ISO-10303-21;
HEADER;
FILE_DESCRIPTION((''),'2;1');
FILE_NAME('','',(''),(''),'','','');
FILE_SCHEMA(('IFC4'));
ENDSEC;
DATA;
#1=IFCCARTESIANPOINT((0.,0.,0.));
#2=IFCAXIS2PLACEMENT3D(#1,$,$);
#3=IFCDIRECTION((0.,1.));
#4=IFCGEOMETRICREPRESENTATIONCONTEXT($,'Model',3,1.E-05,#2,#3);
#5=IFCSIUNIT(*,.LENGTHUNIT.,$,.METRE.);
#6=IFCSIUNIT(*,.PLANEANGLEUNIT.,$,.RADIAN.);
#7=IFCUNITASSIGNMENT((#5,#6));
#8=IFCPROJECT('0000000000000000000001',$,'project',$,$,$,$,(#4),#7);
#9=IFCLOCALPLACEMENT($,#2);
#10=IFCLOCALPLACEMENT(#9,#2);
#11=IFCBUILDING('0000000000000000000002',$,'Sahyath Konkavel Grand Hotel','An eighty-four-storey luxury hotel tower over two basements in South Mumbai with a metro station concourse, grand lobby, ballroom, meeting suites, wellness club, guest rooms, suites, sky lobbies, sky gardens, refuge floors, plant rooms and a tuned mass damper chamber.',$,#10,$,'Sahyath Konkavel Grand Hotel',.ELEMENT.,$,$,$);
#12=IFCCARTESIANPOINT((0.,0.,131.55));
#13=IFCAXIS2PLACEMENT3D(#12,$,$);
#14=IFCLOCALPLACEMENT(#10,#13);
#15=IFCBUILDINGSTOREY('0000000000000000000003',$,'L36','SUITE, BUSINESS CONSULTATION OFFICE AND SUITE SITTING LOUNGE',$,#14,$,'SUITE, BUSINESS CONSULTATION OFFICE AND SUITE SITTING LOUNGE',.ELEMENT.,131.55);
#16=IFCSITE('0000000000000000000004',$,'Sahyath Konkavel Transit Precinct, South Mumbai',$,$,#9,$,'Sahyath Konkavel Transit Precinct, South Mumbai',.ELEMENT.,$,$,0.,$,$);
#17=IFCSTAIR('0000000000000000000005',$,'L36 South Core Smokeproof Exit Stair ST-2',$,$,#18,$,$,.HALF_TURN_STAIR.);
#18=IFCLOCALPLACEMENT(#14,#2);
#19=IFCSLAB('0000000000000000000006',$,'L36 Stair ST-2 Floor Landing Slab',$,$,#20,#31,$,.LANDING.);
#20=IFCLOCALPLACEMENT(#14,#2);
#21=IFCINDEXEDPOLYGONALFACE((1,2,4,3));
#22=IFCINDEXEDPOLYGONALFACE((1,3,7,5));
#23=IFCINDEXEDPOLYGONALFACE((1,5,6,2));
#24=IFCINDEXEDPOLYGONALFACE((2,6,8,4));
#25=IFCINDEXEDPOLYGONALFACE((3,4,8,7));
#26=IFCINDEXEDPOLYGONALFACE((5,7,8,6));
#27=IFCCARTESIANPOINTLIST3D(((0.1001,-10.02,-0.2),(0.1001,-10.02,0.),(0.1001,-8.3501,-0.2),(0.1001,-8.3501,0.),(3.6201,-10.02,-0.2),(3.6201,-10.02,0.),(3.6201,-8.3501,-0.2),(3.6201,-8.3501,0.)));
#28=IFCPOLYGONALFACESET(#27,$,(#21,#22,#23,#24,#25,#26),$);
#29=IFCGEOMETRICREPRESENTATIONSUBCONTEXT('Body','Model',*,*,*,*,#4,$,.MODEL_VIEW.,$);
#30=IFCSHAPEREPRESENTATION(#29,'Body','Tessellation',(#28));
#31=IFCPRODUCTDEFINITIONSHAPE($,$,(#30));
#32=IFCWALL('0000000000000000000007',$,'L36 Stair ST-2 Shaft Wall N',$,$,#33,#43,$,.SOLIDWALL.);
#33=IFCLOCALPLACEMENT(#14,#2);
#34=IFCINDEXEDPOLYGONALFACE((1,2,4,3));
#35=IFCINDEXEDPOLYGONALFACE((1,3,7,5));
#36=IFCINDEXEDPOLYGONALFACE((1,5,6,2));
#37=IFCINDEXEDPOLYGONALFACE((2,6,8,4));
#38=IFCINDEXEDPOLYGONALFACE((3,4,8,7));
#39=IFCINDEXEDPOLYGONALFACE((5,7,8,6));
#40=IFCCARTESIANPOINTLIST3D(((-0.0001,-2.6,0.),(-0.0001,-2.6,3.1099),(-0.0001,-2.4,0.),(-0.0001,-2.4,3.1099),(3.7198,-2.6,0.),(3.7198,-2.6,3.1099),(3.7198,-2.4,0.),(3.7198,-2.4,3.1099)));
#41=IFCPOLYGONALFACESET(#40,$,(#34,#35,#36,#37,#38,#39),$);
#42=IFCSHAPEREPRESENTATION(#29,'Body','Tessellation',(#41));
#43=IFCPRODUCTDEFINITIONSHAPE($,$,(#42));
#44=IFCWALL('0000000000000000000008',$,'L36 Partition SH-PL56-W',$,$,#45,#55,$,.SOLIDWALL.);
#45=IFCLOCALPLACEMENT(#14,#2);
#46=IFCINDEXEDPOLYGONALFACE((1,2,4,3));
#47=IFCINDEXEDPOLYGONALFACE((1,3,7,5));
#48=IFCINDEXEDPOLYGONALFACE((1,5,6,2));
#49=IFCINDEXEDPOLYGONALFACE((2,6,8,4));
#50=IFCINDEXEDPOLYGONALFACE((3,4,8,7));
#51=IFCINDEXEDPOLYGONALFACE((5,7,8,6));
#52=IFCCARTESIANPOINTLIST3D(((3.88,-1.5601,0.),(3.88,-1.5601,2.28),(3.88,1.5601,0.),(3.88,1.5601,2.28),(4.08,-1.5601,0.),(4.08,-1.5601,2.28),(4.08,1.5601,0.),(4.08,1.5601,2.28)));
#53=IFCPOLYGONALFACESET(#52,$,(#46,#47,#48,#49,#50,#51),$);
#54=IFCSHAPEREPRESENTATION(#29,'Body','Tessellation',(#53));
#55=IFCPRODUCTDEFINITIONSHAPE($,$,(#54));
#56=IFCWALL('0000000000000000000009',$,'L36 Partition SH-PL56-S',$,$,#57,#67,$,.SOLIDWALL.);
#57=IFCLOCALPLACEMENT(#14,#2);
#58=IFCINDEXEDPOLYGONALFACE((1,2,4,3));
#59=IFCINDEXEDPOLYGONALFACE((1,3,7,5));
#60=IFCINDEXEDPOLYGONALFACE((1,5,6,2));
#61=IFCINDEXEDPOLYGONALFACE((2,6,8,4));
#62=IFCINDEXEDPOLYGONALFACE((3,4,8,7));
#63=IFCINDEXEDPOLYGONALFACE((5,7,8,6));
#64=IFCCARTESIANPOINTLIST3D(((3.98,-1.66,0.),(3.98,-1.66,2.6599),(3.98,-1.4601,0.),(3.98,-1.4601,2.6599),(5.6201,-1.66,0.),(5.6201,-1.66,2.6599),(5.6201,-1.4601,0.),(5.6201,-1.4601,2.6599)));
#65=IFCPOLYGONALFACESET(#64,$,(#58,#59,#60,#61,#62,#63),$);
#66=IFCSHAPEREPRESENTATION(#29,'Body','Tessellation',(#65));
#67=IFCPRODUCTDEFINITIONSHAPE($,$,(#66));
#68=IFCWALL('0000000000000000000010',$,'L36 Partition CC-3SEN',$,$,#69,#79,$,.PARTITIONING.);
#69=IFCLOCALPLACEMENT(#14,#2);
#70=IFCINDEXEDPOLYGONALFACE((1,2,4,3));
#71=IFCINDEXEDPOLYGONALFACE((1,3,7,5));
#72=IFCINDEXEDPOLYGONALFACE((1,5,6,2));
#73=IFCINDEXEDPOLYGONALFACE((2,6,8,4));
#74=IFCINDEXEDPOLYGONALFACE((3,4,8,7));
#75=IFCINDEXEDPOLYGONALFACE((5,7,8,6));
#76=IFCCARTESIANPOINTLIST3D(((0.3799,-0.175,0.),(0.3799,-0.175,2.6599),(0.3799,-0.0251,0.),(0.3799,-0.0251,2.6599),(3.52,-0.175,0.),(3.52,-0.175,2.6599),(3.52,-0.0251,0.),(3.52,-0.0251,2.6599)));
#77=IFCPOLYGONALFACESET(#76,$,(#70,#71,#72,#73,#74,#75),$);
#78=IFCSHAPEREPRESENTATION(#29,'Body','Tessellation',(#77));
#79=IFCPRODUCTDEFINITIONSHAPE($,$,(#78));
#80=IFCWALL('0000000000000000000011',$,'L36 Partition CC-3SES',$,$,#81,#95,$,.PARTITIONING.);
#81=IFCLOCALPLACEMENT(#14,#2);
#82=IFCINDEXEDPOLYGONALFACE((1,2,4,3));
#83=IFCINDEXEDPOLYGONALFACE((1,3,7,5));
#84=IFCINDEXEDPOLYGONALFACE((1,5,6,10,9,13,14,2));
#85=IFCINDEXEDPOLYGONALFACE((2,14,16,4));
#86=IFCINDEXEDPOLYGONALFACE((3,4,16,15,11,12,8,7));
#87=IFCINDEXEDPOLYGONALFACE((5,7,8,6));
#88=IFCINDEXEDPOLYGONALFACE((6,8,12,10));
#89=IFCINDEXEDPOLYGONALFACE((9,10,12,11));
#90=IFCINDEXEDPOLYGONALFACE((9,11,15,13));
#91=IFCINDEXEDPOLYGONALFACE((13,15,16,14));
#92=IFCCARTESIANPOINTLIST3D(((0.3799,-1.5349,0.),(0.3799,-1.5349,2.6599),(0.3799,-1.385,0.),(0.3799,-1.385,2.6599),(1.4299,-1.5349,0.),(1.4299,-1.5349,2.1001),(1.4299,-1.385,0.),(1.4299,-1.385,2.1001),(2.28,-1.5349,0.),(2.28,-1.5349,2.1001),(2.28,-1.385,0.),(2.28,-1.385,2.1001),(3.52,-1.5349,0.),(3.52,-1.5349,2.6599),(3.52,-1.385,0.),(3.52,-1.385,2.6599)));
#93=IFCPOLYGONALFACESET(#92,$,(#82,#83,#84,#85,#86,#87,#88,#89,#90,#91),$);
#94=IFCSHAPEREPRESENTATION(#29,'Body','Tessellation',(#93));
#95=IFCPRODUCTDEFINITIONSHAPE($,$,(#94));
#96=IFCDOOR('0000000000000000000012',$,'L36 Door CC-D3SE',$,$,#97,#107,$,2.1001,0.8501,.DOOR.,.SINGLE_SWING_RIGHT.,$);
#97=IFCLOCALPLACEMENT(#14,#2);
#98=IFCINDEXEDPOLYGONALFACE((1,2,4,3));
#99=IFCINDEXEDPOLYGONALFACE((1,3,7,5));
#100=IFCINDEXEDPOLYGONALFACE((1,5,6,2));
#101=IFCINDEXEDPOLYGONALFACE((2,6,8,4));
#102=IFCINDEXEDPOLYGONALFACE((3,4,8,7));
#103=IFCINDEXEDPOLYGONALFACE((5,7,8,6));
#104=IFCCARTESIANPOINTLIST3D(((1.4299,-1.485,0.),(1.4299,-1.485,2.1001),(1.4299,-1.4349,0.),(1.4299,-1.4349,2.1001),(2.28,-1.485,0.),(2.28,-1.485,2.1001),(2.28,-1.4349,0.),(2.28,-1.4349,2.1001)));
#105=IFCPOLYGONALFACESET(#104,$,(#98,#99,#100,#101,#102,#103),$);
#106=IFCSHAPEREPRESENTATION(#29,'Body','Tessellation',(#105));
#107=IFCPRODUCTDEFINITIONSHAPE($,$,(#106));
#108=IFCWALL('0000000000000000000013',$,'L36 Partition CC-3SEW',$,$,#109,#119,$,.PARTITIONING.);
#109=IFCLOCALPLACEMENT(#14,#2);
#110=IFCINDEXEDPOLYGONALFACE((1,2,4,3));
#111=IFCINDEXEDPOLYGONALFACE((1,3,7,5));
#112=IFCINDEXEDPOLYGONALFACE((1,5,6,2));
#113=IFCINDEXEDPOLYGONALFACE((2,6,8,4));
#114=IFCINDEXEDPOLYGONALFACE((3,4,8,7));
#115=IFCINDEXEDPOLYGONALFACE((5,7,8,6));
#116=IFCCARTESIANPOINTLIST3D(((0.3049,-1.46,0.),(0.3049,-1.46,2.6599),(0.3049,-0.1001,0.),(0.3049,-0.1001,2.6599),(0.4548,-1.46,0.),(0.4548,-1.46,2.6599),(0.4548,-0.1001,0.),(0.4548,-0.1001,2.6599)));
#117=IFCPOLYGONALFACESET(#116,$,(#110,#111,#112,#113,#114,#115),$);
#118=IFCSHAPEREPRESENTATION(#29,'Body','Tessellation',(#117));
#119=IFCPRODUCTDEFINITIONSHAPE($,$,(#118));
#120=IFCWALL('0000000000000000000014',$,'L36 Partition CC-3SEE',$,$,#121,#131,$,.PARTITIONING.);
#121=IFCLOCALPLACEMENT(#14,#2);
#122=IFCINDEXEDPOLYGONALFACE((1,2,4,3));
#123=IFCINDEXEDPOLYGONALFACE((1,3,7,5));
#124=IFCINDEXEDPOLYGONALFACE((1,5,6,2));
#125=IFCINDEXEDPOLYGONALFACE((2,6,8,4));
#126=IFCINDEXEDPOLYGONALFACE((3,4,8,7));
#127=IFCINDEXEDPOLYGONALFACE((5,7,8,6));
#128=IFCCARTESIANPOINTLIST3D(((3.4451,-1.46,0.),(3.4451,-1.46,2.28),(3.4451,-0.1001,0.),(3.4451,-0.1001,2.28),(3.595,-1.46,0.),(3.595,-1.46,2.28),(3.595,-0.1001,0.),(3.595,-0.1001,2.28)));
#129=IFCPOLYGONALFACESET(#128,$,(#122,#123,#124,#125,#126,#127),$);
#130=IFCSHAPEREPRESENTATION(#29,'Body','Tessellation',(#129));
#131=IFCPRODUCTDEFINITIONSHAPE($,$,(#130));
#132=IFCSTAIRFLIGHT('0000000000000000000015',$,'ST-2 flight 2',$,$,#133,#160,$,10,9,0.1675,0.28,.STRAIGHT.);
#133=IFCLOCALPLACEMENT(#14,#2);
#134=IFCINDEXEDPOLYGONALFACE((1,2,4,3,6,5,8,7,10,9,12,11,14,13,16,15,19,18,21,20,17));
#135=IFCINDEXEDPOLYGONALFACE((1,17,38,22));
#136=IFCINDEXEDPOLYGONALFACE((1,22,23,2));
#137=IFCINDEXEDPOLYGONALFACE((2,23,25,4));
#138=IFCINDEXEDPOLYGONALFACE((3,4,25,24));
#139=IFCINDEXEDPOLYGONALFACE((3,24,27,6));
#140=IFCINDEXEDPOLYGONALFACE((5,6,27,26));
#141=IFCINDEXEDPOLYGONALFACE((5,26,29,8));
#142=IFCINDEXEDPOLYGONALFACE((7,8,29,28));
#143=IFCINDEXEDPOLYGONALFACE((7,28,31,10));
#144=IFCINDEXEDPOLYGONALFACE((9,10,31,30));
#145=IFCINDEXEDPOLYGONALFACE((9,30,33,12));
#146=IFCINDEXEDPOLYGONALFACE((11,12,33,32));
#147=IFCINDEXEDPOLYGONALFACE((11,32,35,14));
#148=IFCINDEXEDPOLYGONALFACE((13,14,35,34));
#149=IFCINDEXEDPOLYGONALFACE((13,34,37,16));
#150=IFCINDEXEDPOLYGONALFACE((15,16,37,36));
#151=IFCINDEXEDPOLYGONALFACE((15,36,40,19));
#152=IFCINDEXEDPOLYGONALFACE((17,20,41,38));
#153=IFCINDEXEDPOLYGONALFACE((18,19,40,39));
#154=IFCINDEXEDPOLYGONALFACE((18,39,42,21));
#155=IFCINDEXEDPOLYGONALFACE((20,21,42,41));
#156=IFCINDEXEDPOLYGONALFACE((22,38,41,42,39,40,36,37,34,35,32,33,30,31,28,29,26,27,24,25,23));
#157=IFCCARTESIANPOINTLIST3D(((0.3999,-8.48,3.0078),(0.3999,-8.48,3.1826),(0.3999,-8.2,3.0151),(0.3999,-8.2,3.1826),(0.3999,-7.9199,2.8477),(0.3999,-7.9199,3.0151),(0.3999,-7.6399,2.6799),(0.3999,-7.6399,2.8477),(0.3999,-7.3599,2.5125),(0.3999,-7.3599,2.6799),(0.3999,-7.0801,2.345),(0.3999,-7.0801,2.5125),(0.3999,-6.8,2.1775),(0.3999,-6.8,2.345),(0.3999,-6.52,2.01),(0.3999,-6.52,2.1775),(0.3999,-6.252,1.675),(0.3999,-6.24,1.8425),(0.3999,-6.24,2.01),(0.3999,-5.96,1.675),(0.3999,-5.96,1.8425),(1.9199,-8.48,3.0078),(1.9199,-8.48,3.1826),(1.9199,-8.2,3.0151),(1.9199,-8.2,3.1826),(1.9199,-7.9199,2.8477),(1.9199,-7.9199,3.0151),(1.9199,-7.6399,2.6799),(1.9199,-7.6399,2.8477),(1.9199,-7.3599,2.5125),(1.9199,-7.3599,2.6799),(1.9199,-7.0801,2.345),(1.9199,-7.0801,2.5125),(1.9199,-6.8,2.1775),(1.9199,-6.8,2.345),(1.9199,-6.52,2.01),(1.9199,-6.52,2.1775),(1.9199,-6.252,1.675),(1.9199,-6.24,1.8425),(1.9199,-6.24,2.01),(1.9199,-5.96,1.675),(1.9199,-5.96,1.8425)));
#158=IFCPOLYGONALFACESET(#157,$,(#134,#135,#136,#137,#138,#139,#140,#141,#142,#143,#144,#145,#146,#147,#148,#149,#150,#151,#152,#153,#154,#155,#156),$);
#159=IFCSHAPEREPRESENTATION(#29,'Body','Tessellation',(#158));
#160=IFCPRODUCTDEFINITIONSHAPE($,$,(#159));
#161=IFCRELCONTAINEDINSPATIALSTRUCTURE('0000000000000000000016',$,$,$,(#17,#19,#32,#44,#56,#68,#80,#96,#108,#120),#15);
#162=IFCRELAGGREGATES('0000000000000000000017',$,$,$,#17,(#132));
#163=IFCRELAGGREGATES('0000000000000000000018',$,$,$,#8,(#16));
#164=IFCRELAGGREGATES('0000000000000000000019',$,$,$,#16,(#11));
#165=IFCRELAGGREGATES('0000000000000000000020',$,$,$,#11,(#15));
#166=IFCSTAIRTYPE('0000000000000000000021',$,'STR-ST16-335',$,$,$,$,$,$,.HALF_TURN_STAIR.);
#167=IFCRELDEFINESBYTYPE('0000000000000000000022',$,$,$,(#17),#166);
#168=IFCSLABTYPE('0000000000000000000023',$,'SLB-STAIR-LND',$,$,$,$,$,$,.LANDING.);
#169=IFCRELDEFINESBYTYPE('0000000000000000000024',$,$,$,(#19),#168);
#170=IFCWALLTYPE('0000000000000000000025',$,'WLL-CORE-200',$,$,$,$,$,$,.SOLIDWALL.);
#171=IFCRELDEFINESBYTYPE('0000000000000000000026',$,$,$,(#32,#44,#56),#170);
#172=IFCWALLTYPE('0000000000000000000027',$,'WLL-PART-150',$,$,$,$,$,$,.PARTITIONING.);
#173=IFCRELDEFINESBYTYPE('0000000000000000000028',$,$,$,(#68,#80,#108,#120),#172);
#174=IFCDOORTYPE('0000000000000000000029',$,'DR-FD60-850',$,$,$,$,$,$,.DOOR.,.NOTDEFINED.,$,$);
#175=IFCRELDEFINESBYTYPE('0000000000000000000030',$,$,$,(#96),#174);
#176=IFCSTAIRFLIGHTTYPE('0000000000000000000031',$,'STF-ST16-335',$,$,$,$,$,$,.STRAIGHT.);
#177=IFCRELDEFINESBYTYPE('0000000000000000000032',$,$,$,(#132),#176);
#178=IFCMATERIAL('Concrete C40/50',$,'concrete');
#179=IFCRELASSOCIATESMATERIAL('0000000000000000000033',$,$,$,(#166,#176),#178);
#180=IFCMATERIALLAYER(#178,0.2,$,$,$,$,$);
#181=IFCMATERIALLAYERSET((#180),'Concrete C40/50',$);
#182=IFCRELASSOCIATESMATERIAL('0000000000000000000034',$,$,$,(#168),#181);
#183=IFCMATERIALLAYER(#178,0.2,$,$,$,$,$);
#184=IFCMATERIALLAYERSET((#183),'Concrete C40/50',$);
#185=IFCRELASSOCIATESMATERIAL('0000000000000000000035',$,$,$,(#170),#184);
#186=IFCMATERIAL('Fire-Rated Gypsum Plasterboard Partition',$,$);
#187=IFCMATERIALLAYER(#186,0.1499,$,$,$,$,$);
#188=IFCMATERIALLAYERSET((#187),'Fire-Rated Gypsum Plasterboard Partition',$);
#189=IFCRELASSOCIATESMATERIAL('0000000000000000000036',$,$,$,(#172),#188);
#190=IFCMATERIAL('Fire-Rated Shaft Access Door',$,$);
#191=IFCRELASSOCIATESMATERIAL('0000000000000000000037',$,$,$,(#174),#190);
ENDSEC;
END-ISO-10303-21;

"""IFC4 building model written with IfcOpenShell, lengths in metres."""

from ifc_helpers import new_model, si_unit, direction, frame, frame_2d, origin, origin_2d, place, context, subcontext, project, spatial, polyline, rectangle, outline, extrude, source, transform, mapped, material, layer, layer_set, type_object, element, fill, aggregate, save


model = new_model("IFC4")

# Units and contexts
model_context = context("Model", 3, precision=1e-05, world=origin(), true_north=direction((0.0, 1.0)))
body_context = subcontext(model_context, "Body", "Model", "MODEL_VIEW")
ifc_project = project(units=[si_unit("LENGTHUNIT", "METRE"), si_unit("PLANEANGLEUNIT", "RADIAN")], contexts=[model_context])

# Site, building, storey
site_placement = place(None, origin())
site = spatial("IfcSite", under=ifc_project, at=site_placement, Name="Sahyath Konkavel Transit Precinct, South Mumbai", LongName="Sahyath Konkavel Transit Precinct, South Mumbai", CompositionType="ELEMENT", RefElevation=0.0)
building_placement = place(site_placement, origin())
building = spatial("IfcBuilding", under=site, at=building_placement, Name="Sahyath Konkavel Grand Hotel", Description="An eighty-four-storey luxury hotel tower over two basements in South Mumbai with a metro station concourse, grand lobby, ballroom, meeting suites, wellness club, guest rooms, suites, sky lobbies, sky gardens, refuge floors, plant rooms and a tuned mass damper chamber.", LongName="Sahyath Konkavel Grand Hotel", CompositionType="ELEMENT")
storey_placement = place(building_placement, frame((0.0, 0.0, 131.55)))
storey = spatial("IfcBuildingStorey", under=building, at=storey_placement, Name="L36", Description="SUITE, BUSINESS CONSULTATION OFFICE AND SUITE SITTING LOUNGE", LongName="SUITE, BUSINESS CONSULTATION OFFICE AND SUITE SITTING LOUNGE", CompositionType="ELEMENT", Elevation=131.55)

# Shared definitions
ifc_material_1 = material(Name="Concrete C40/50", Category="concrete")

# Stair
stair_type = type_object("IfcStairType", Name="STR-ST16-335", PredefinedType="HALF_TURN_STAIR", material=ifc_material_1)
ifc_layer_1 = layer(ifc_material_1, 0.2)
ifc_layer_set_1 = layer_set([ifc_layer_1], Name="Concrete C40/50")
slab_type_1 = type_object("IfcSlabType", Name="SLB-STAIR-LND", PredefinedType="LANDING", material=ifc_layer_set_1)
stair_1_placement = place(storey_placement, origin())
stair_1 = element("IfcStair", 1, at=stair_1_placement, inside=storey, type_object=stair_type, Name="L36 South Core Smokeproof Exit Stair ST-2", PredefinedType="HALF_TURN_STAIR")

# Slab
slab_1_placement = place(storey_placement, frame((0.0, 0.0, -0.2)))
element("IfcSlab", 2, at=slab_1_placement, inside=storey, type_object=slab_type_1, Name="L36 Stair ST-2 Floor Landing Slab", PredefinedType="LANDING", context=body_context, shape_type="SweptSolid", body=[
    extrude(outline(polyline([(0.1001, -10.02), (3.6201, -10.02), (3.6201, -8.3501), (0.1001, -8.3501), (0.1001, -10.02)])), origin(), (0.0, 0.0, 1.0), 0.2),
])

# Walls
ifc_layer_2 = layer(ifc_material_1, 0.2)
ifc_layer_set_2 = layer_set([ifc_layer_2], Name="Concrete C40/50")
wall_type_1 = type_object("IfcWallType", Name="WLL-CORE-200", PredefinedType="SOLIDWALL", material=ifc_layer_set_2)
wall_1_placement = place(storey_placement, frame((0.0, -2.5, 0.0), z_axis=(0.0, 0.0, 1.0), x_axis=(1.0, 0.0, 0.0)))
element("IfcWall", 3, at=wall_1_placement, inside=storey, type_object=wall_type_1, Name="L36 Stair ST-2 Shaft Wall N", PredefinedType="SOLIDWALL", context=body_context, shape_type="SweptSolid", body=[
    extrude(rectangle(XDim=3.72, YDim=0.2, at=frame_2d((1.8599, 0.0))), origin(), (0.0, 0.0, 1.0), 3.1099),
])
wall_2_placement = place(storey_placement, frame((3.98, -1.5601, 0.0), z_axis=(0.0, 0.0, 1.0), x_axis=(0.0, 1.0, 0.0)))
element("IfcWall", 4, at=wall_2_placement, inside=storey, type_object=wall_type_1, Name="L36 Partition SH-PL56-W", PredefinedType="SOLIDWALL", context=body_context, shape_type="SweptSolid", body=[
    extrude(rectangle(XDim=3.1201, YDim=0.2, at=frame_2d((1.5601, 0.0))), origin(), (0.0, 0.0, 1.0), 2.28),
])
wall_3_placement = place(storey_placement, frame((3.98, -1.5601, 0.0), z_axis=(0.0, 0.0, 1.0), x_axis=(1.0, 0.0, 0.0)))
element("IfcWall", 5, at=wall_3_placement, inside=storey, type_object=wall_type_1, Name="L36 Partition SH-PL56-S", PredefinedType="SOLIDWALL", context=body_context, shape_type="SweptSolid", body=[
    extrude(rectangle(XDim=1.6401, YDim=0.2, at=frame_2d((0.8201, 0.0))), origin(), (0.0, 0.0, 1.0), 2.6599),
])
ifc_material_2 = material(Name="Fire-Rated Gypsum Plasterboard Partition")
ifc_layer_3 = layer(ifc_material_2, 0.1499)
ifc_layer_set_3 = layer_set([ifc_layer_3], Name="Fire-Rated Gypsum Plasterboard Partition")
wall_type_2 = type_object("IfcWallType", Name="WLL-PART-150", PredefinedType="PARTITIONING", material=ifc_layer_set_3)
wall_4_placement = place(storey_placement, frame((0.3799, -0.1001, 0.0), z_axis=(0.0, 0.0, 1.0), x_axis=(1.0, 0.0, 0.0)))
element("IfcWall", 6, at=wall_4_placement, inside=storey, type_object=wall_type_2, Name="L36 Partition CC-3SEN", PredefinedType="PARTITIONING", context=body_context, shape_type="SweptSolid", body=[
    extrude(rectangle(XDim=3.1401, YDim=0.1499, at=frame_2d((1.5701, 0.0))), origin(), (0.0, 0.0, 1.0), 2.6599),
])

# Wall, opening, door
wall_5_placement = place(storey_placement, frame((0.3799, -1.46, 0.0), z_axis=(0.0, 0.0, 1.0), x_axis=(1.0, 0.0, 0.0)))
wall_5 = element("IfcWall", 7, at=wall_5_placement, inside=storey, type_object=wall_type_2, Name="L36 Partition CC-3SES", PredefinedType="PARTITIONING", context=body_context, shape_type="SweptSolid", body=[
    extrude(rectangle(XDim=3.1401, YDim=0.1499, at=frame_2d((1.5701, 0.0))), origin(), (0.0, 0.0, 1.0), 2.6599),
])
opening_placement = place(wall_5_placement, frame((1.05, 0.0, 0.0)))
opening = element("IfcOpeningElement", 8, at=opening_placement, cuts=wall_5, PredefinedType="OPENING", context=body_context, shape_type="SweptSolid", body=[
    extrude(rectangle(XDim=0.8501, YDim=2.1001, at=frame_2d((0.425, 1.05))), frame((0.0, 0.085, 0.0), z_axis=(0.0, -1.0, 0.0), x_axis=(1.0, 0.0, 0.0)), (0.0, 0.0, 1.0), 0.1699),
])
ifc_material_3 = material(Name="Fire-Rated Shaft Access Door")
door_type = type_object("IfcDoorType", Name="DR-FD60-850", OperationType="NOTDEFINED", PredefinedType="DOOR", material=ifc_material_3)
shared_shape_1 = source(origin(), body_context, "Body", "SweptSolid", [
    extrude(rectangle(XDim=0.8501, YDim=0.05, at=origin_2d()), origin(), (0.0, 0.0, 1.0), 2.1001),
])
door_placement = place(opening_placement, frame((0.425, 0.0, 0.0)))
door = element("IfcDoor", 9, at=door_placement, inside=storey, type_object=door_type, Name="L36 Door CC-D3SE", OperationType="SINGLE_SWING_RIGHT", OverallHeight=2.1001, OverallWidth=0.8501, PredefinedType="DOOR", context=body_context, shape_type="MappedRepresentation", body=[
    mapped(shared_shape_1, transform((0.0, 0.0, 0.0), scale=1.0)),
])
fill(opening, door)

# Walls
wall_6_placement = place(storey_placement, frame((0.3799, -1.46, 0.0), z_axis=(0.0, 0.0, 1.0), x_axis=(0.0, 1.0, 0.0)))
element("IfcWall", 10, at=wall_6_placement, inside=storey, type_object=wall_type_2, Name="L36 Partition CC-3SEW", PredefinedType="PARTITIONING", context=body_context, shape_type="SweptSolid", body=[
    extrude(rectangle(XDim=1.3599, YDim=0.1499, at=frame_2d((0.6799, 0.0))), origin(), (0.0, 0.0, 1.0), 2.6599),
])
wall_7_placement = place(storey_placement, frame((3.52, -1.46, 0.0), z_axis=(0.0, 0.0, 1.0), x_axis=(0.0, 1.0, 0.0)))
element("IfcWall", 11, at=wall_7_placement, inside=storey, type_object=wall_type_2, Name="L36 Partition CC-3SEE", PredefinedType="PARTITIONING", context=body_context, shape_type="SweptSolid", body=[
    extrude(rectangle(XDim=1.3599, YDim=0.1499, at=frame_2d((0.6799, 0.0))), origin(), (0.0, 0.0, 1.0), 2.28),
])

# Stair flight
stair_flight_type = type_object("IfcStairFlightType", Name="STF-ST16-335", PredefinedType="STRAIGHT", material=ifc_material_1)
stair_flight_placement = place(storey_placement, frame((1.1599, -5.96, 1.675), z_axis=(0.0, 0.0, 1.0), x_axis=(0.0, -1.0, 0.0)))
stair_flight = element("IfcStairFlight", 12, at=stair_flight_placement, type_object=stair_flight_type, Name="ST-2 flight 2", NumberOfRisers=10, NumberOfTreads=9, PredefinedType="STRAIGHT", RiserHeight=0.1675, TreadLength=0.28, context=body_context, shape_type="SweptSolid", body=[
    extrude(outline(polyline([(0.0, 0.0), (0.0, 0.1675), (0.28, 0.1675), (0.28, 0.335), (0.5601, 0.335), (0.5601, 0.5024), (0.8401, 0.5024), (0.8401, 0.6699), (1.1201, 0.6699), (1.1201, 0.8374), (1.3999, 0.8374), (1.3999, 1.0049), (1.6799, 1.0049), (1.6799, 1.1726), (1.96, 1.1726), (1.96, 1.3401), (2.24, 1.3401), (2.24, 1.5076), (2.52, 1.5076), (2.52, 1.675), (2.52, 1.3328), (0.292, 0.0), (0.0, 0.0)])), frame((0.0, 0.76, 0.0), z_axis=(0.0, -1.0, 0.0), x_axis=(1.0, 0.0, 0.0)), (0.0, 0.0, 1.0), 1.52),
])
aggregate(stair_1, [stair_flight])

save(model, "model.ifc")
